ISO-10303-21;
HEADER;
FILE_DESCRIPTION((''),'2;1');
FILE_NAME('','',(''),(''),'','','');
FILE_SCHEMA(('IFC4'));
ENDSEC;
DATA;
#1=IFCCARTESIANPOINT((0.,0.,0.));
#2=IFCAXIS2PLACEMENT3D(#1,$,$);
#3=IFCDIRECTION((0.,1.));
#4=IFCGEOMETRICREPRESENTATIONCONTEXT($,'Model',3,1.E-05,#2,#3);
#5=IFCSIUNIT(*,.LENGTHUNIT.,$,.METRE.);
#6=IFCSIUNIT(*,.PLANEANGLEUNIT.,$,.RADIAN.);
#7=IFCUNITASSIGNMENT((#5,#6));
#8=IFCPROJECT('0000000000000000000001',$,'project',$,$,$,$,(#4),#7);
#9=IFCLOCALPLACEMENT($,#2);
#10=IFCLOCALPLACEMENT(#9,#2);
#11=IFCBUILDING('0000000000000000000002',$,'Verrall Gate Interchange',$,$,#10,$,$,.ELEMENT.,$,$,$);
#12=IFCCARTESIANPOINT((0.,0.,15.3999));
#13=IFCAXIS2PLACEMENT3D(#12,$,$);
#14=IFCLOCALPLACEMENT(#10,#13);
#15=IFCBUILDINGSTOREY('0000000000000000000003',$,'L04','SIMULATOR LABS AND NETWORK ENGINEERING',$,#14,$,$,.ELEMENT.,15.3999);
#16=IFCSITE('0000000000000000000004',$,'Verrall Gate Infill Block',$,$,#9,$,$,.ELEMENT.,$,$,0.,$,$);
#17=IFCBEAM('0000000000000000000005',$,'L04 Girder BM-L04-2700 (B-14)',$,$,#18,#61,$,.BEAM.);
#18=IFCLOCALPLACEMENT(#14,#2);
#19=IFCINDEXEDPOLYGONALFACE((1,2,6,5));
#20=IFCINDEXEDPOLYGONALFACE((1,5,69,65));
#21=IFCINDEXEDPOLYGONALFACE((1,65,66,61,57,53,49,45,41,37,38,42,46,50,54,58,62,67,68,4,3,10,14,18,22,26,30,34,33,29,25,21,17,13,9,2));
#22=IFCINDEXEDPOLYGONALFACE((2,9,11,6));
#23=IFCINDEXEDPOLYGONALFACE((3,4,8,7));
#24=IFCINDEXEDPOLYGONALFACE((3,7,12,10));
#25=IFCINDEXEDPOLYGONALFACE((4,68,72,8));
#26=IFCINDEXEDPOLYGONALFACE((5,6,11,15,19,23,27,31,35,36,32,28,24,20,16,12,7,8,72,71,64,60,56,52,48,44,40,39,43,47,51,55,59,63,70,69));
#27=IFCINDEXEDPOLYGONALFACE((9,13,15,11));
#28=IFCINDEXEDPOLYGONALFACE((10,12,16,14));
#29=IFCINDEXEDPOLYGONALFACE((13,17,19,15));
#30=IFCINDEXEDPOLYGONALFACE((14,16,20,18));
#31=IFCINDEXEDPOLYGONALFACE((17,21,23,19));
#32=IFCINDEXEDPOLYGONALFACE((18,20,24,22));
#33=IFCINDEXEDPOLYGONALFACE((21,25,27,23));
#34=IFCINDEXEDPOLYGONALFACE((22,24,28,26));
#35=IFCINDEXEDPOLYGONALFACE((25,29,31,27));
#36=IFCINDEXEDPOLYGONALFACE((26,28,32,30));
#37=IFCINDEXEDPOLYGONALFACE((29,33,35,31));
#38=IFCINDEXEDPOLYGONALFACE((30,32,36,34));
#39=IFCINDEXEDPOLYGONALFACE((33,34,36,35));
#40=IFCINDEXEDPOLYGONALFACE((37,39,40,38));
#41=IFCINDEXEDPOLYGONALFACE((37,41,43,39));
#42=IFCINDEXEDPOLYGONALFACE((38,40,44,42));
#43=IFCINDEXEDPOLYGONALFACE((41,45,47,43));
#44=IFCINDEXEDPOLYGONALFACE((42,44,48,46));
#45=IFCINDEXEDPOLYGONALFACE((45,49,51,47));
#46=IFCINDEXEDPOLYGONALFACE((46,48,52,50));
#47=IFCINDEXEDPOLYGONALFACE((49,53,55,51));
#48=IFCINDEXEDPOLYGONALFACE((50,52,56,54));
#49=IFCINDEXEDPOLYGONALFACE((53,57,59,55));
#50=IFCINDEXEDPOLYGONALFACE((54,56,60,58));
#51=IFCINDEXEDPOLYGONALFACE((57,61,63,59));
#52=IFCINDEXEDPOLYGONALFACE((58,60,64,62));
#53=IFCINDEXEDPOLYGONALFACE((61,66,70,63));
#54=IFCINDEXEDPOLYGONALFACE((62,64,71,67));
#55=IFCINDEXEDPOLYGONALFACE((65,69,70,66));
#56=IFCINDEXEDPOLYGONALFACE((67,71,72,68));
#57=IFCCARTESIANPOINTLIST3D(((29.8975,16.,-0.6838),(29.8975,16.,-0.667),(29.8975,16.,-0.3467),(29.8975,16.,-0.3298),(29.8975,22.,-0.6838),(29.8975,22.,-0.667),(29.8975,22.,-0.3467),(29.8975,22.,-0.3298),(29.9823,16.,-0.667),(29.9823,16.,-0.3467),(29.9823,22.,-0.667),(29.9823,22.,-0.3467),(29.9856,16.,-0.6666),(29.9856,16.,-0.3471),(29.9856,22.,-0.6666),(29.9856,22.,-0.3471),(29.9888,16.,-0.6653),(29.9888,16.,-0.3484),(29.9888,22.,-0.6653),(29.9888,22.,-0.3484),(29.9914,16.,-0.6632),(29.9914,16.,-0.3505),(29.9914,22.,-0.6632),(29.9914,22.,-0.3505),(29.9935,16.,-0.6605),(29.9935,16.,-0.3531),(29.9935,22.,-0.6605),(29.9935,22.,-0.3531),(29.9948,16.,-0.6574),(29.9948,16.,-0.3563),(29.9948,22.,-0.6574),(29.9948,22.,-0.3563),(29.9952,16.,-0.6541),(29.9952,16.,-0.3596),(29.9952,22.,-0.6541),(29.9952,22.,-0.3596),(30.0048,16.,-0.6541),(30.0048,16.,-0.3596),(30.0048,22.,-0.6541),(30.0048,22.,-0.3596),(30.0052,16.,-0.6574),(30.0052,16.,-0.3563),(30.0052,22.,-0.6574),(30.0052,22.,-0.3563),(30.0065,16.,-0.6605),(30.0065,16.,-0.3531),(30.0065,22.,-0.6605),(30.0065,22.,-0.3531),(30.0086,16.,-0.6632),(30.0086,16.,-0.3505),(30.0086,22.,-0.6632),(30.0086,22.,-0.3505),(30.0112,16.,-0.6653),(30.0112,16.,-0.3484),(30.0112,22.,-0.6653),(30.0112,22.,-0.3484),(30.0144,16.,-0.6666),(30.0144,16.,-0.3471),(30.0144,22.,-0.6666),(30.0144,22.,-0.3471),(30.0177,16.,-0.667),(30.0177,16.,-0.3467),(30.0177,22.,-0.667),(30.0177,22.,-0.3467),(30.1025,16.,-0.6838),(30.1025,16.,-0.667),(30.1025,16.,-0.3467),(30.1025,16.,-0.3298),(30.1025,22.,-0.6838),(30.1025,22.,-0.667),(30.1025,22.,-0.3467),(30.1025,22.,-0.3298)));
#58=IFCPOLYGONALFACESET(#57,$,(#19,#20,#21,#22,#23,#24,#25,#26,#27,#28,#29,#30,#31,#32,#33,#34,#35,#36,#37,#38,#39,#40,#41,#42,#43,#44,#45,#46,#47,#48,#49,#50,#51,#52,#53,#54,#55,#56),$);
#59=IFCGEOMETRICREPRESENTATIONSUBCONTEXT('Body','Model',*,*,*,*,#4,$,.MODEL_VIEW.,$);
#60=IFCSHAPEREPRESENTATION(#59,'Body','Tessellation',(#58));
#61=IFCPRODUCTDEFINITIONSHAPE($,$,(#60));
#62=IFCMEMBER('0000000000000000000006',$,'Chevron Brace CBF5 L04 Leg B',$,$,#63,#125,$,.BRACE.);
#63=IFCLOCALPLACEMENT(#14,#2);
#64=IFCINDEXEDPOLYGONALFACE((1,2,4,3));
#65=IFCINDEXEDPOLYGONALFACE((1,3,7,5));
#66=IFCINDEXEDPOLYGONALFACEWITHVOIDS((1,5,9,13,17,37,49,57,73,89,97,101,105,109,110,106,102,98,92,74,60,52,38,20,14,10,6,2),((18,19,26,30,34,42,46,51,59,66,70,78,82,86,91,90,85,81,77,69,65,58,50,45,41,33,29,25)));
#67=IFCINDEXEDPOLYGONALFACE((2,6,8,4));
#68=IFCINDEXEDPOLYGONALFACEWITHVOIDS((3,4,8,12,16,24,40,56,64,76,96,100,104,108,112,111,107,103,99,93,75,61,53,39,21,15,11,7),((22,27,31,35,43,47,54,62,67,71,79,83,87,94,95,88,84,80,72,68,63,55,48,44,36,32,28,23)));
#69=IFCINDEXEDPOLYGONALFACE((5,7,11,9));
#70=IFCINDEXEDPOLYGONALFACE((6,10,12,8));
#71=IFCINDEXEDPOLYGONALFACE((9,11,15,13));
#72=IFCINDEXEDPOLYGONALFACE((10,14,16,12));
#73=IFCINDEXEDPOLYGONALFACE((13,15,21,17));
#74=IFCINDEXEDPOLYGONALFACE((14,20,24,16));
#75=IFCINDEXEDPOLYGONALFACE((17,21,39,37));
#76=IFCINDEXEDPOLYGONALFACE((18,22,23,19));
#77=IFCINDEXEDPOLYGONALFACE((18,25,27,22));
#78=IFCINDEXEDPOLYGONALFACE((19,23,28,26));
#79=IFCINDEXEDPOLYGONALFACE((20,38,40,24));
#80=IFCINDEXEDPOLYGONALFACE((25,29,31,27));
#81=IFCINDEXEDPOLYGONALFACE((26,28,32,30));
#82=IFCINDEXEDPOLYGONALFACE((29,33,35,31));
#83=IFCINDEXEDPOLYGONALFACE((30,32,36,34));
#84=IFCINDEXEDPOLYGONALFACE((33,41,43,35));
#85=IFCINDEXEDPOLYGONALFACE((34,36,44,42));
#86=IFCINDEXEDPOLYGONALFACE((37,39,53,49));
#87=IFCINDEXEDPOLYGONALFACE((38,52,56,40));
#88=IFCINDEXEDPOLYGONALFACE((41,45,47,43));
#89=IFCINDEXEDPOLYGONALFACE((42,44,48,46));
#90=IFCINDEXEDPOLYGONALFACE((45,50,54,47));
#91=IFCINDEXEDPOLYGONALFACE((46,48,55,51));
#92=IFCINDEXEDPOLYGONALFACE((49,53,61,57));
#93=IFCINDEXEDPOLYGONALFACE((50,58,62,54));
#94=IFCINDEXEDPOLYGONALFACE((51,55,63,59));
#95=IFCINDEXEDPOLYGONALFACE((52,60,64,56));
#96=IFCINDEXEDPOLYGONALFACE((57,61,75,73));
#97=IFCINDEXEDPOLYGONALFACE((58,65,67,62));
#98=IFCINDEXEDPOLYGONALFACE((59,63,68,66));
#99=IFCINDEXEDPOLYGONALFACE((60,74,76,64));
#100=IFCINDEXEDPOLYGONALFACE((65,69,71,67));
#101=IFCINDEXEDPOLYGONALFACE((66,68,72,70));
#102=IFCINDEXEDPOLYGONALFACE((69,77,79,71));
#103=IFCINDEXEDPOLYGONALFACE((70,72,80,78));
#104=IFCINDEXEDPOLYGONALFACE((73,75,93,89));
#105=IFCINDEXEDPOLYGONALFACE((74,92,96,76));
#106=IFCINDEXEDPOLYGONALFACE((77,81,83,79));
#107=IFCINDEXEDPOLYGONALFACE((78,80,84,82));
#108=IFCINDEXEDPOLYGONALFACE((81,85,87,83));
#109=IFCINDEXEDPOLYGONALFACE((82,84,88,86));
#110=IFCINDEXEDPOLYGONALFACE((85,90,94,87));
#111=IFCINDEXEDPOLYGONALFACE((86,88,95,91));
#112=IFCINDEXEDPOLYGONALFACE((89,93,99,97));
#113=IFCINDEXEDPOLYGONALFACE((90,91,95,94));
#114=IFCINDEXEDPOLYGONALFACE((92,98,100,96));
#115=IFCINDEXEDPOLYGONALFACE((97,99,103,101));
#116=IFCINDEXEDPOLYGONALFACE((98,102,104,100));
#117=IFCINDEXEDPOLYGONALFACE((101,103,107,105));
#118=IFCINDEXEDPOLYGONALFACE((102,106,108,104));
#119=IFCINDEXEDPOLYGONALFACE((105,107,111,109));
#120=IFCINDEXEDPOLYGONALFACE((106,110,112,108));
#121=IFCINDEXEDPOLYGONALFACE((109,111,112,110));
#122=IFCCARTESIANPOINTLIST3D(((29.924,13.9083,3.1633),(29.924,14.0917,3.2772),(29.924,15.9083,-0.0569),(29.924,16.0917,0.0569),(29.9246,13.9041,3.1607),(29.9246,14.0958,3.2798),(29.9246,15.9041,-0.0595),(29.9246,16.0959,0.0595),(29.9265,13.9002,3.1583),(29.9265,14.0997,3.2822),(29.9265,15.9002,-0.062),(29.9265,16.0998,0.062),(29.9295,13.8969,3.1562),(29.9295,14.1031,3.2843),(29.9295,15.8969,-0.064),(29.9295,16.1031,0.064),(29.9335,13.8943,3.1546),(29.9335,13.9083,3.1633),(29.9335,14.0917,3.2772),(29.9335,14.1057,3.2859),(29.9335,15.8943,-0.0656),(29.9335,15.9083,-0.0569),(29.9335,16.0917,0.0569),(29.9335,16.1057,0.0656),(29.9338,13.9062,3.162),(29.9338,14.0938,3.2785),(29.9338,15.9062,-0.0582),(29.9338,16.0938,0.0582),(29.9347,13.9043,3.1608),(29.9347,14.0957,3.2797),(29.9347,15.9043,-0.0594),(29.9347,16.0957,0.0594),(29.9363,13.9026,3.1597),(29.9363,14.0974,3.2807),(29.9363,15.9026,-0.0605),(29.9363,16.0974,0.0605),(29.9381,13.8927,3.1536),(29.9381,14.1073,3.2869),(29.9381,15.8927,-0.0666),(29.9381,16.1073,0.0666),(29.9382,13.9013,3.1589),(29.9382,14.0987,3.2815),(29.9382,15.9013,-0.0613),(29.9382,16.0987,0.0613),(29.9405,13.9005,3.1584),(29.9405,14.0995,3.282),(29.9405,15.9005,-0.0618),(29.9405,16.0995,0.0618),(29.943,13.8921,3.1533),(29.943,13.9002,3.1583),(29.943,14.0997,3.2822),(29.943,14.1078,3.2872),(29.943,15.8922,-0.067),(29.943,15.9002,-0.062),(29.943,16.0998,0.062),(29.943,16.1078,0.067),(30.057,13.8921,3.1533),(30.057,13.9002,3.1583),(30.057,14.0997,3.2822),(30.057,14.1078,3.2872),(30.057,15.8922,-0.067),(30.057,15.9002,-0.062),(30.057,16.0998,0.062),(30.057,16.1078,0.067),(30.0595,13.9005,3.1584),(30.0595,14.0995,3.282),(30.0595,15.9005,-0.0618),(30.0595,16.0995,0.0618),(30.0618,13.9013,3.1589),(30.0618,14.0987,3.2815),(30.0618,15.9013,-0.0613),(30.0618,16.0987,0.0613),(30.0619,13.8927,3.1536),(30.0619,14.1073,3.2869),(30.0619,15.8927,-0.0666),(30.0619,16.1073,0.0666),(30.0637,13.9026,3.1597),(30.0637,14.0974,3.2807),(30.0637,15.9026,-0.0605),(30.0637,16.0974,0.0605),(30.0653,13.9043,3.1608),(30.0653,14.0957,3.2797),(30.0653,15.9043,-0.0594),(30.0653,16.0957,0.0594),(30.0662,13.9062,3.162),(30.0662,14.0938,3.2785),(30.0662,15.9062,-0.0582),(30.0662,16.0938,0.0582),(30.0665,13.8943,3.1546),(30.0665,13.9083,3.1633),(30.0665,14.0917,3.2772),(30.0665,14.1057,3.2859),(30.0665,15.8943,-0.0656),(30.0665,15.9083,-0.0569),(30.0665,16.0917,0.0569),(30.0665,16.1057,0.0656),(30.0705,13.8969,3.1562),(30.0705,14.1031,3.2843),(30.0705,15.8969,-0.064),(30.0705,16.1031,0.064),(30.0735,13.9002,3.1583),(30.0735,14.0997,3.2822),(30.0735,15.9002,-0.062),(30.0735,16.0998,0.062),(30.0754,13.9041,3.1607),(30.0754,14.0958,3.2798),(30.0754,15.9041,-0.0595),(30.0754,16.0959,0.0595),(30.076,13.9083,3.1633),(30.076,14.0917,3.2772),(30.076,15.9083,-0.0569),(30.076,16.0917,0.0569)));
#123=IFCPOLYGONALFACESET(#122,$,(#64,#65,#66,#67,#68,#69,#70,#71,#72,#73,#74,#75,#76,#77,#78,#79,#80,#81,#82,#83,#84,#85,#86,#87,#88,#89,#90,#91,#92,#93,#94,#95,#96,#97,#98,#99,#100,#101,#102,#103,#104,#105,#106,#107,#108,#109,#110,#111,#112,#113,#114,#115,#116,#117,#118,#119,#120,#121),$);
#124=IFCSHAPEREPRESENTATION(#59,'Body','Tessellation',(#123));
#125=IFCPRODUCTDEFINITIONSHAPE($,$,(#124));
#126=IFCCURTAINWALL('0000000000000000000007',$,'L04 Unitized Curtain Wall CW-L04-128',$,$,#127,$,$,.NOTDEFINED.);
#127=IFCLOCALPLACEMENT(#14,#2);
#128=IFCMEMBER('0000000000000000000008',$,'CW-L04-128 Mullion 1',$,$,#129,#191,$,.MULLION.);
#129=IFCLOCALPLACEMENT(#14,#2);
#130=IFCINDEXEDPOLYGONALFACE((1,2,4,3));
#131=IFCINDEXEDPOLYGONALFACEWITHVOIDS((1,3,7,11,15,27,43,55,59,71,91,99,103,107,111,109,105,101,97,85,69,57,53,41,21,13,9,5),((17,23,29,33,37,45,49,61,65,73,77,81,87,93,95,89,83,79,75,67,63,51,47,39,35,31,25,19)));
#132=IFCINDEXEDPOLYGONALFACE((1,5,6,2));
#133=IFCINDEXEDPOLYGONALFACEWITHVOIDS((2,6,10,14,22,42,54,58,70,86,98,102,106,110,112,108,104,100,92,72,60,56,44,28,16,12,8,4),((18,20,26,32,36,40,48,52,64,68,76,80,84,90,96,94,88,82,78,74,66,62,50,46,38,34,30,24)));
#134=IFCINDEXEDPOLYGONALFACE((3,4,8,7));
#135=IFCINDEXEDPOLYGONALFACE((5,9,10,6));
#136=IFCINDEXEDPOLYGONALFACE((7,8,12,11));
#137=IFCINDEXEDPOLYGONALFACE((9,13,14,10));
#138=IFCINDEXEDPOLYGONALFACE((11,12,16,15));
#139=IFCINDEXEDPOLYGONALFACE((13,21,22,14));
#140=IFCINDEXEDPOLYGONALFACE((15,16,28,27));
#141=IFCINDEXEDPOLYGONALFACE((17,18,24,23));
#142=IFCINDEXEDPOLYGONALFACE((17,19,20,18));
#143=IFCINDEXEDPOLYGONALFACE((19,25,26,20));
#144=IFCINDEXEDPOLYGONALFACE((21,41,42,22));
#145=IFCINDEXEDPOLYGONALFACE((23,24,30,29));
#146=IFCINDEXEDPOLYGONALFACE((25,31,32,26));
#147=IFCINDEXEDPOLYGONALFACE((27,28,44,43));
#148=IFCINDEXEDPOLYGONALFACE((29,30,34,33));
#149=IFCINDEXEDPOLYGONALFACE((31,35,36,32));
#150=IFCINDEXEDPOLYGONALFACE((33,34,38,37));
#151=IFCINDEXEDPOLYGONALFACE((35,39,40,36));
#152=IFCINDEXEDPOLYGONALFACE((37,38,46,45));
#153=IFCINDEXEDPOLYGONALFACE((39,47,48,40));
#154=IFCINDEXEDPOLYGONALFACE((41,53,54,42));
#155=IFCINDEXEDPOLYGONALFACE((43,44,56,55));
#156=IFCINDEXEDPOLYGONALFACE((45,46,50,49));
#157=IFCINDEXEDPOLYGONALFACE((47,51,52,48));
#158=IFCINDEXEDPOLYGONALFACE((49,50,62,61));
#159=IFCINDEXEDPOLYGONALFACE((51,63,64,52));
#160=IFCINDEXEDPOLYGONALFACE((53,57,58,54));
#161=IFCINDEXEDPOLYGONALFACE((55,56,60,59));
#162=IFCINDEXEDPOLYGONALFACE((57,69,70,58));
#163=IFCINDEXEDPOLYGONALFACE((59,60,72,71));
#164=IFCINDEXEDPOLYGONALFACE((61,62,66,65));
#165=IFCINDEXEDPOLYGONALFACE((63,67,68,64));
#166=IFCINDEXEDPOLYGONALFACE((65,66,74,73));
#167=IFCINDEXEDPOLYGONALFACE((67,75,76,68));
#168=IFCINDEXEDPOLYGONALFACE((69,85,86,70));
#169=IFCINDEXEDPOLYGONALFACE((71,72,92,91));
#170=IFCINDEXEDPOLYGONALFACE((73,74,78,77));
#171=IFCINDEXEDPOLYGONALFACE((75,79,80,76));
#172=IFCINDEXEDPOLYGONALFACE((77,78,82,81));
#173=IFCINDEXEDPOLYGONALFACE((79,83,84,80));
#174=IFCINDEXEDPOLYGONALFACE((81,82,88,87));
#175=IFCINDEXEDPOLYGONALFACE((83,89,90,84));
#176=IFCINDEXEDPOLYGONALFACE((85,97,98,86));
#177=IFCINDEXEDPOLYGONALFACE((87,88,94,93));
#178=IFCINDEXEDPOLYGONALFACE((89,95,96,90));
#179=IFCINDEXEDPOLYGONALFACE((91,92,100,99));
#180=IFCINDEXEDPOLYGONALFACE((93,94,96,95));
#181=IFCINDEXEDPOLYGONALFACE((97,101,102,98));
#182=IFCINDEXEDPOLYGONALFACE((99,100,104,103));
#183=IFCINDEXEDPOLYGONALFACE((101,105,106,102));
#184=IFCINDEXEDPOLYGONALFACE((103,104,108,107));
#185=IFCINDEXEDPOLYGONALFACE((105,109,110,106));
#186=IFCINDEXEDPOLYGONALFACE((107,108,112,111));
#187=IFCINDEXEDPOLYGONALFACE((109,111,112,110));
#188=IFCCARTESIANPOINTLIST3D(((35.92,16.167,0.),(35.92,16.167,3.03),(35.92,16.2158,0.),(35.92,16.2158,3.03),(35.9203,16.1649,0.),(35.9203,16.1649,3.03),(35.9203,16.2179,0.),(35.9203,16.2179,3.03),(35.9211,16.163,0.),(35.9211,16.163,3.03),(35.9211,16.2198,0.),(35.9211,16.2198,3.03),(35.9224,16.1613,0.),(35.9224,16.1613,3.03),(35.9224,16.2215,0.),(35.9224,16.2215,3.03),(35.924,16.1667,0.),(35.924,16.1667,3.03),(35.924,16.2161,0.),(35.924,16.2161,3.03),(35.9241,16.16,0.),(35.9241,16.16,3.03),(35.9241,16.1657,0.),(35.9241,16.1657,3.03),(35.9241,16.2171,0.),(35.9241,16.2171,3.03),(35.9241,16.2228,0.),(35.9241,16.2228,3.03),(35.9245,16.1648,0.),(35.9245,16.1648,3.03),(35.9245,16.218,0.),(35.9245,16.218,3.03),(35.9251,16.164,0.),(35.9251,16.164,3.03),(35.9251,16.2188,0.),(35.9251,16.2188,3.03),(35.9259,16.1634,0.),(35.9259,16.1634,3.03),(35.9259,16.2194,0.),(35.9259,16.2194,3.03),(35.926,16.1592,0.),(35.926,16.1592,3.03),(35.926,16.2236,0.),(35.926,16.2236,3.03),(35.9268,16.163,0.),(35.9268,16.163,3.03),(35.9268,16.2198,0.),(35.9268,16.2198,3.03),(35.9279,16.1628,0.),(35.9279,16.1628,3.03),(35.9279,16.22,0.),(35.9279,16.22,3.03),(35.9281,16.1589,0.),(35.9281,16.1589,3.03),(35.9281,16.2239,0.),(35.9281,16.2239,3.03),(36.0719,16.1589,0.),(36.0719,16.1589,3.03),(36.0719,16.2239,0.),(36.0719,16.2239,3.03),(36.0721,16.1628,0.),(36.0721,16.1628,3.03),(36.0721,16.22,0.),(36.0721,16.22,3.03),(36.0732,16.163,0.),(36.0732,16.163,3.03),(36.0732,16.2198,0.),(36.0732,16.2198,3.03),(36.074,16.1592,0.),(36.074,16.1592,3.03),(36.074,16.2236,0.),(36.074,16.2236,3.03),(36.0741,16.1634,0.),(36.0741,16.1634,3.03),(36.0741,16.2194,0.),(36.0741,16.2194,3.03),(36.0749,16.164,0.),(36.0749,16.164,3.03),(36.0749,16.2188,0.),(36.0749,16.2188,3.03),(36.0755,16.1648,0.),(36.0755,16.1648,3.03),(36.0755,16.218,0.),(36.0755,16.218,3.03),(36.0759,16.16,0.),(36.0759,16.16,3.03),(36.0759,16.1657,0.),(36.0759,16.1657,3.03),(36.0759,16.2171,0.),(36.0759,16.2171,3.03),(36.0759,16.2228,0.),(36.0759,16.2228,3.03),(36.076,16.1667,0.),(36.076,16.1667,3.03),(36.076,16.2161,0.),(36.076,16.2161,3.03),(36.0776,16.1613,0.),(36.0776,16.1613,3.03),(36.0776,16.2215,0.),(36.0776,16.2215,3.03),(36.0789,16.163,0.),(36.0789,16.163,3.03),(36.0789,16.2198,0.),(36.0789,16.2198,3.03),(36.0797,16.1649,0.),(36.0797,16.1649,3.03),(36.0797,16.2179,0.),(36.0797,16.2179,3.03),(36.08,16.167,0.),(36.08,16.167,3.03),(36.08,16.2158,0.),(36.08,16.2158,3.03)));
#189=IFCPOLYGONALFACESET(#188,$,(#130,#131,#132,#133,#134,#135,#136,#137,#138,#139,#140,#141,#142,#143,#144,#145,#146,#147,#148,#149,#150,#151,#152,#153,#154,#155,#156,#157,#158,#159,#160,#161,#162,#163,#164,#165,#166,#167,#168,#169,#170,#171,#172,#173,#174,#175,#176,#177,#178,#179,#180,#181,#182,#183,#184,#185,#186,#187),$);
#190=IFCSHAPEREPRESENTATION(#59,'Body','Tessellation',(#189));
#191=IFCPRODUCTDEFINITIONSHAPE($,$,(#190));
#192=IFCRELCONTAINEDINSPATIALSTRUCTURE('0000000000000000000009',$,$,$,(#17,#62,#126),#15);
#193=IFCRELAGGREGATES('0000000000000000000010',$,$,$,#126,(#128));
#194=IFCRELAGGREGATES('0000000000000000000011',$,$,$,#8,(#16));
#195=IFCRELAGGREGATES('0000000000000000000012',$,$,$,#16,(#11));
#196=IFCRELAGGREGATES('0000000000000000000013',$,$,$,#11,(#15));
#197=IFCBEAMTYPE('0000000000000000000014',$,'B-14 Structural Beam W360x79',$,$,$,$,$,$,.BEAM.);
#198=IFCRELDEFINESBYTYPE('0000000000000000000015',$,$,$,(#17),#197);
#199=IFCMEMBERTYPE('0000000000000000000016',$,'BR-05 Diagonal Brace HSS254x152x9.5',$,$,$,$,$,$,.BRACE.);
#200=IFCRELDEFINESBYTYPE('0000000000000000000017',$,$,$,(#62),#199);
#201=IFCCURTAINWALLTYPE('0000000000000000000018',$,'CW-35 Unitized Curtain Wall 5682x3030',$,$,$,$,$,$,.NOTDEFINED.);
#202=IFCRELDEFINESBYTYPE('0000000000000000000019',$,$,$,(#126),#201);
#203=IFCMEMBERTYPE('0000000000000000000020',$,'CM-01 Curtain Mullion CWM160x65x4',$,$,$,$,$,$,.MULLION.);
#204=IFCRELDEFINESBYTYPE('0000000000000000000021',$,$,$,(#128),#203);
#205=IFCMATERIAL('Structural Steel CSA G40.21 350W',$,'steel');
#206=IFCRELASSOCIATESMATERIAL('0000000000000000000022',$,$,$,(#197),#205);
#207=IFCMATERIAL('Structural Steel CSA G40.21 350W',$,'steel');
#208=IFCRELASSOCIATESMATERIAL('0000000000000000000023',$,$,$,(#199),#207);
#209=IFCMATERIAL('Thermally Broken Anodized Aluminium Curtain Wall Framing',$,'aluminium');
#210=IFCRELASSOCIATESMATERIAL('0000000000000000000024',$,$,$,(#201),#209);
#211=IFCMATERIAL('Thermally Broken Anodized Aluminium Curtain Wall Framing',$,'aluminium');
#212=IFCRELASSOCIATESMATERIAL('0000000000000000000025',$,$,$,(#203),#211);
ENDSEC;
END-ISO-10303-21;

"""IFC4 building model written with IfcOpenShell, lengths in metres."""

from ifc_helpers import new_model, si_unit, direction, frame, origin, origin_2d, place, context, subcontext, project, spatial, hollow_rectangle, i_section, extrude, material, material_profile, profile_set, type_object, element, aggregate, save


model = new_model("IFC4")

# Units and contexts
model_context = context("Model", 3, precision=1e-05, world=origin(), true_north=direction((0.0, 1.0)))
body_context = subcontext(model_context, "Body", "Model", "MODEL_VIEW")
ifc_project = project(units=[si_unit("LENGTHUNIT", "METRE"), si_unit("PLANEANGLEUNIT", "RADIAN")], contexts=[model_context])

# Site, building, storey
site_placement = place(None, origin())
site = spatial("IfcSite", under=ifc_project, at=site_placement, Name="Verrall Gate Infill Block", CompositionType="ELEMENT", RefElevation=0.0)
building_placement = place(site_placement, origin())
building = spatial("IfcBuilding", under=site, at=building_placement, Name="Verrall Gate Interchange", CompositionType="ELEMENT")
storey_placement = place(building_placement, frame((0.0, 0.0, 15.3999)))
storey = spatial("IfcBuildingStorey", under=building, at=storey_placement, Name="L04", Description="SIMULATOR LABS AND NETWORK ENGINEERING", CompositionType="ELEMENT", Elevation=15.3999)

# Beam
ifc_material_1 = material(Name="Structural Steel CSA G40.21 350W", Category="steel")
ifc_material_profile_1 = material_profile(ifc_material_1, i_section(OverallWidth=0.2051, OverallDepth=0.354, WebThickness=0.0095, FlangeThickness=0.0168, FilletRadius=0.0129, at=origin_2d()), Name="W360x79")
ifc_profile_set_1 = profile_set([ifc_material_profile_1], Name="Structural Steel CSA G40.21 350W")
beam_type_1 = type_object("IfcBeamType", Name="B-14 Structural Beam W360x79", PredefinedType="BEAM", material=ifc_profile_set_1)
beam_1_placement = place(storey_placement, frame((30.0, 16.0, -0.5068), z_axis=(0.0, 1.0, 0.0), x_axis=(-1.0, 0.0, 0.0)))
element("IfcBeam", 1, at=beam_1_placement, inside=storey, type_object=beam_type_1, Name="L04 Girder BM-L04-2700 (B-14)", PredefinedType="BEAM", context=body_context, shape_type="SweptSolid", body=[
    extrude(i_section(OverallWidth=0.2051, OverallDepth=0.354, WebThickness=0.0095, FlangeThickness=0.0168, FilletRadius=0.0129, at=origin_2d()), origin(), (0.0, 0.0, 1.0), 6.0),
])

# Member
ifc_material_2 = material(Name="Structural Steel CSA G40.21 350W", Category="steel")
ifc_material_profile_2 = material_profile(ifc_material_2, hollow_rectangle(XDim=0.1521, YDim=0.2539, WallThickness=0.0095, InnerFilletRadius=0.0095, OuterFilletRadius=0.019, at=origin_2d()), Name="HSS254x152x9.5")
ifc_profile_set_2 = profile_set([ifc_material_profile_2], Name="Structural Steel CSA G40.21 350W")
member_type_1 = type_object("IfcMemberType", Name="BR-05 Diagonal Brace HSS254x152x9.5", PredefinedType="BRACE", material=ifc_profile_set_2)
member_1_placement = place(storey_placement, frame((30.0, 16.0, 0.0), z_axis=(0.0, -0.5276, 0.849493), x_axis=(1.0, 0.0, 0.0)))
element("IfcMember", 2, at=member_1_placement, inside=storey, type_object=member_type_1, Name="Chevron Brace CBF5 L04 Leg B", PredefinedType="BRACE", context=body_context, shape_type="SweptSolid", body=[
    extrude(hollow_rectangle(XDim=0.1521, YDim=0.2539, WallThickness=0.0095, InnerFilletRadius=0.0095, OuterFilletRadius=0.019, at=origin_2d()), origin(), (0.0, 0.0, 1.0), 3.7908),
])

# Curtain wall, member
ifc_material_3 = material(Name="Thermally Broken Anodized Aluminium Curtain Wall Framing", Category="aluminium")
curtain_wall_type = type_object("IfcCurtainWallType", Name="CW-35 Unitized Curtain Wall 5682x3030", PredefinedType="NOTDEFINED", material=ifc_material_3)
curtain_wall_placement = place(storey_placement, origin())
curtain_wall = element("IfcCurtainWall", 3, at=curtain_wall_placement, inside=storey, type_object=curtain_wall_type, Name="L04 Unitized Curtain Wall CW-L04-128", PredefinedType="NOTDEFINED")
ifc_material_4 = material(Name="Thermally Broken Anodized Aluminium Curtain Wall Framing", Category="aluminium")
ifc_material_profile_3 = material_profile(ifc_material_4, hollow_rectangle(XDim=0.0649, YDim=0.1599, WallThickness=0.0039, InnerFilletRadius=0.0039, OuterFilletRadius=0.0081, at=origin_2d()), Name="CWM160x65x4")
ifc_profile_set_3 = profile_set([ifc_material_profile_3], Name="Thermally Broken Anodized Aluminium Curtain Wall Framing")
member_type_2 = type_object("IfcMemberType", Name="CM-01 Curtain Mullion CWM160x65x4", PredefinedType="MULLION", material=ifc_profile_set_3)
member_2_placement = place(storey_placement, frame((36.0, 16.1914, 0.0), z_axis=(0.0, 0.0, 1.0), x_axis=(0.0, 1.0, 0.0)))
member_2 = element("IfcMember", 4, at=member_2_placement, type_object=member_type_2, Name="CW-L04-128 Mullion 1", PredefinedType="MULLION", context=body_context, shape_type="SweptSolid", body=[
    extrude(hollow_rectangle(XDim=0.0649, YDim=0.1599, WallThickness=0.0039, InnerFilletRadius=0.0039, OuterFilletRadius=0.0081, at=origin_2d()), origin(), (0.0, 0.0, 1.0), 3.03),
])

aggregate(curtain_wall, [member_2])

save(model, "model.ifc")
